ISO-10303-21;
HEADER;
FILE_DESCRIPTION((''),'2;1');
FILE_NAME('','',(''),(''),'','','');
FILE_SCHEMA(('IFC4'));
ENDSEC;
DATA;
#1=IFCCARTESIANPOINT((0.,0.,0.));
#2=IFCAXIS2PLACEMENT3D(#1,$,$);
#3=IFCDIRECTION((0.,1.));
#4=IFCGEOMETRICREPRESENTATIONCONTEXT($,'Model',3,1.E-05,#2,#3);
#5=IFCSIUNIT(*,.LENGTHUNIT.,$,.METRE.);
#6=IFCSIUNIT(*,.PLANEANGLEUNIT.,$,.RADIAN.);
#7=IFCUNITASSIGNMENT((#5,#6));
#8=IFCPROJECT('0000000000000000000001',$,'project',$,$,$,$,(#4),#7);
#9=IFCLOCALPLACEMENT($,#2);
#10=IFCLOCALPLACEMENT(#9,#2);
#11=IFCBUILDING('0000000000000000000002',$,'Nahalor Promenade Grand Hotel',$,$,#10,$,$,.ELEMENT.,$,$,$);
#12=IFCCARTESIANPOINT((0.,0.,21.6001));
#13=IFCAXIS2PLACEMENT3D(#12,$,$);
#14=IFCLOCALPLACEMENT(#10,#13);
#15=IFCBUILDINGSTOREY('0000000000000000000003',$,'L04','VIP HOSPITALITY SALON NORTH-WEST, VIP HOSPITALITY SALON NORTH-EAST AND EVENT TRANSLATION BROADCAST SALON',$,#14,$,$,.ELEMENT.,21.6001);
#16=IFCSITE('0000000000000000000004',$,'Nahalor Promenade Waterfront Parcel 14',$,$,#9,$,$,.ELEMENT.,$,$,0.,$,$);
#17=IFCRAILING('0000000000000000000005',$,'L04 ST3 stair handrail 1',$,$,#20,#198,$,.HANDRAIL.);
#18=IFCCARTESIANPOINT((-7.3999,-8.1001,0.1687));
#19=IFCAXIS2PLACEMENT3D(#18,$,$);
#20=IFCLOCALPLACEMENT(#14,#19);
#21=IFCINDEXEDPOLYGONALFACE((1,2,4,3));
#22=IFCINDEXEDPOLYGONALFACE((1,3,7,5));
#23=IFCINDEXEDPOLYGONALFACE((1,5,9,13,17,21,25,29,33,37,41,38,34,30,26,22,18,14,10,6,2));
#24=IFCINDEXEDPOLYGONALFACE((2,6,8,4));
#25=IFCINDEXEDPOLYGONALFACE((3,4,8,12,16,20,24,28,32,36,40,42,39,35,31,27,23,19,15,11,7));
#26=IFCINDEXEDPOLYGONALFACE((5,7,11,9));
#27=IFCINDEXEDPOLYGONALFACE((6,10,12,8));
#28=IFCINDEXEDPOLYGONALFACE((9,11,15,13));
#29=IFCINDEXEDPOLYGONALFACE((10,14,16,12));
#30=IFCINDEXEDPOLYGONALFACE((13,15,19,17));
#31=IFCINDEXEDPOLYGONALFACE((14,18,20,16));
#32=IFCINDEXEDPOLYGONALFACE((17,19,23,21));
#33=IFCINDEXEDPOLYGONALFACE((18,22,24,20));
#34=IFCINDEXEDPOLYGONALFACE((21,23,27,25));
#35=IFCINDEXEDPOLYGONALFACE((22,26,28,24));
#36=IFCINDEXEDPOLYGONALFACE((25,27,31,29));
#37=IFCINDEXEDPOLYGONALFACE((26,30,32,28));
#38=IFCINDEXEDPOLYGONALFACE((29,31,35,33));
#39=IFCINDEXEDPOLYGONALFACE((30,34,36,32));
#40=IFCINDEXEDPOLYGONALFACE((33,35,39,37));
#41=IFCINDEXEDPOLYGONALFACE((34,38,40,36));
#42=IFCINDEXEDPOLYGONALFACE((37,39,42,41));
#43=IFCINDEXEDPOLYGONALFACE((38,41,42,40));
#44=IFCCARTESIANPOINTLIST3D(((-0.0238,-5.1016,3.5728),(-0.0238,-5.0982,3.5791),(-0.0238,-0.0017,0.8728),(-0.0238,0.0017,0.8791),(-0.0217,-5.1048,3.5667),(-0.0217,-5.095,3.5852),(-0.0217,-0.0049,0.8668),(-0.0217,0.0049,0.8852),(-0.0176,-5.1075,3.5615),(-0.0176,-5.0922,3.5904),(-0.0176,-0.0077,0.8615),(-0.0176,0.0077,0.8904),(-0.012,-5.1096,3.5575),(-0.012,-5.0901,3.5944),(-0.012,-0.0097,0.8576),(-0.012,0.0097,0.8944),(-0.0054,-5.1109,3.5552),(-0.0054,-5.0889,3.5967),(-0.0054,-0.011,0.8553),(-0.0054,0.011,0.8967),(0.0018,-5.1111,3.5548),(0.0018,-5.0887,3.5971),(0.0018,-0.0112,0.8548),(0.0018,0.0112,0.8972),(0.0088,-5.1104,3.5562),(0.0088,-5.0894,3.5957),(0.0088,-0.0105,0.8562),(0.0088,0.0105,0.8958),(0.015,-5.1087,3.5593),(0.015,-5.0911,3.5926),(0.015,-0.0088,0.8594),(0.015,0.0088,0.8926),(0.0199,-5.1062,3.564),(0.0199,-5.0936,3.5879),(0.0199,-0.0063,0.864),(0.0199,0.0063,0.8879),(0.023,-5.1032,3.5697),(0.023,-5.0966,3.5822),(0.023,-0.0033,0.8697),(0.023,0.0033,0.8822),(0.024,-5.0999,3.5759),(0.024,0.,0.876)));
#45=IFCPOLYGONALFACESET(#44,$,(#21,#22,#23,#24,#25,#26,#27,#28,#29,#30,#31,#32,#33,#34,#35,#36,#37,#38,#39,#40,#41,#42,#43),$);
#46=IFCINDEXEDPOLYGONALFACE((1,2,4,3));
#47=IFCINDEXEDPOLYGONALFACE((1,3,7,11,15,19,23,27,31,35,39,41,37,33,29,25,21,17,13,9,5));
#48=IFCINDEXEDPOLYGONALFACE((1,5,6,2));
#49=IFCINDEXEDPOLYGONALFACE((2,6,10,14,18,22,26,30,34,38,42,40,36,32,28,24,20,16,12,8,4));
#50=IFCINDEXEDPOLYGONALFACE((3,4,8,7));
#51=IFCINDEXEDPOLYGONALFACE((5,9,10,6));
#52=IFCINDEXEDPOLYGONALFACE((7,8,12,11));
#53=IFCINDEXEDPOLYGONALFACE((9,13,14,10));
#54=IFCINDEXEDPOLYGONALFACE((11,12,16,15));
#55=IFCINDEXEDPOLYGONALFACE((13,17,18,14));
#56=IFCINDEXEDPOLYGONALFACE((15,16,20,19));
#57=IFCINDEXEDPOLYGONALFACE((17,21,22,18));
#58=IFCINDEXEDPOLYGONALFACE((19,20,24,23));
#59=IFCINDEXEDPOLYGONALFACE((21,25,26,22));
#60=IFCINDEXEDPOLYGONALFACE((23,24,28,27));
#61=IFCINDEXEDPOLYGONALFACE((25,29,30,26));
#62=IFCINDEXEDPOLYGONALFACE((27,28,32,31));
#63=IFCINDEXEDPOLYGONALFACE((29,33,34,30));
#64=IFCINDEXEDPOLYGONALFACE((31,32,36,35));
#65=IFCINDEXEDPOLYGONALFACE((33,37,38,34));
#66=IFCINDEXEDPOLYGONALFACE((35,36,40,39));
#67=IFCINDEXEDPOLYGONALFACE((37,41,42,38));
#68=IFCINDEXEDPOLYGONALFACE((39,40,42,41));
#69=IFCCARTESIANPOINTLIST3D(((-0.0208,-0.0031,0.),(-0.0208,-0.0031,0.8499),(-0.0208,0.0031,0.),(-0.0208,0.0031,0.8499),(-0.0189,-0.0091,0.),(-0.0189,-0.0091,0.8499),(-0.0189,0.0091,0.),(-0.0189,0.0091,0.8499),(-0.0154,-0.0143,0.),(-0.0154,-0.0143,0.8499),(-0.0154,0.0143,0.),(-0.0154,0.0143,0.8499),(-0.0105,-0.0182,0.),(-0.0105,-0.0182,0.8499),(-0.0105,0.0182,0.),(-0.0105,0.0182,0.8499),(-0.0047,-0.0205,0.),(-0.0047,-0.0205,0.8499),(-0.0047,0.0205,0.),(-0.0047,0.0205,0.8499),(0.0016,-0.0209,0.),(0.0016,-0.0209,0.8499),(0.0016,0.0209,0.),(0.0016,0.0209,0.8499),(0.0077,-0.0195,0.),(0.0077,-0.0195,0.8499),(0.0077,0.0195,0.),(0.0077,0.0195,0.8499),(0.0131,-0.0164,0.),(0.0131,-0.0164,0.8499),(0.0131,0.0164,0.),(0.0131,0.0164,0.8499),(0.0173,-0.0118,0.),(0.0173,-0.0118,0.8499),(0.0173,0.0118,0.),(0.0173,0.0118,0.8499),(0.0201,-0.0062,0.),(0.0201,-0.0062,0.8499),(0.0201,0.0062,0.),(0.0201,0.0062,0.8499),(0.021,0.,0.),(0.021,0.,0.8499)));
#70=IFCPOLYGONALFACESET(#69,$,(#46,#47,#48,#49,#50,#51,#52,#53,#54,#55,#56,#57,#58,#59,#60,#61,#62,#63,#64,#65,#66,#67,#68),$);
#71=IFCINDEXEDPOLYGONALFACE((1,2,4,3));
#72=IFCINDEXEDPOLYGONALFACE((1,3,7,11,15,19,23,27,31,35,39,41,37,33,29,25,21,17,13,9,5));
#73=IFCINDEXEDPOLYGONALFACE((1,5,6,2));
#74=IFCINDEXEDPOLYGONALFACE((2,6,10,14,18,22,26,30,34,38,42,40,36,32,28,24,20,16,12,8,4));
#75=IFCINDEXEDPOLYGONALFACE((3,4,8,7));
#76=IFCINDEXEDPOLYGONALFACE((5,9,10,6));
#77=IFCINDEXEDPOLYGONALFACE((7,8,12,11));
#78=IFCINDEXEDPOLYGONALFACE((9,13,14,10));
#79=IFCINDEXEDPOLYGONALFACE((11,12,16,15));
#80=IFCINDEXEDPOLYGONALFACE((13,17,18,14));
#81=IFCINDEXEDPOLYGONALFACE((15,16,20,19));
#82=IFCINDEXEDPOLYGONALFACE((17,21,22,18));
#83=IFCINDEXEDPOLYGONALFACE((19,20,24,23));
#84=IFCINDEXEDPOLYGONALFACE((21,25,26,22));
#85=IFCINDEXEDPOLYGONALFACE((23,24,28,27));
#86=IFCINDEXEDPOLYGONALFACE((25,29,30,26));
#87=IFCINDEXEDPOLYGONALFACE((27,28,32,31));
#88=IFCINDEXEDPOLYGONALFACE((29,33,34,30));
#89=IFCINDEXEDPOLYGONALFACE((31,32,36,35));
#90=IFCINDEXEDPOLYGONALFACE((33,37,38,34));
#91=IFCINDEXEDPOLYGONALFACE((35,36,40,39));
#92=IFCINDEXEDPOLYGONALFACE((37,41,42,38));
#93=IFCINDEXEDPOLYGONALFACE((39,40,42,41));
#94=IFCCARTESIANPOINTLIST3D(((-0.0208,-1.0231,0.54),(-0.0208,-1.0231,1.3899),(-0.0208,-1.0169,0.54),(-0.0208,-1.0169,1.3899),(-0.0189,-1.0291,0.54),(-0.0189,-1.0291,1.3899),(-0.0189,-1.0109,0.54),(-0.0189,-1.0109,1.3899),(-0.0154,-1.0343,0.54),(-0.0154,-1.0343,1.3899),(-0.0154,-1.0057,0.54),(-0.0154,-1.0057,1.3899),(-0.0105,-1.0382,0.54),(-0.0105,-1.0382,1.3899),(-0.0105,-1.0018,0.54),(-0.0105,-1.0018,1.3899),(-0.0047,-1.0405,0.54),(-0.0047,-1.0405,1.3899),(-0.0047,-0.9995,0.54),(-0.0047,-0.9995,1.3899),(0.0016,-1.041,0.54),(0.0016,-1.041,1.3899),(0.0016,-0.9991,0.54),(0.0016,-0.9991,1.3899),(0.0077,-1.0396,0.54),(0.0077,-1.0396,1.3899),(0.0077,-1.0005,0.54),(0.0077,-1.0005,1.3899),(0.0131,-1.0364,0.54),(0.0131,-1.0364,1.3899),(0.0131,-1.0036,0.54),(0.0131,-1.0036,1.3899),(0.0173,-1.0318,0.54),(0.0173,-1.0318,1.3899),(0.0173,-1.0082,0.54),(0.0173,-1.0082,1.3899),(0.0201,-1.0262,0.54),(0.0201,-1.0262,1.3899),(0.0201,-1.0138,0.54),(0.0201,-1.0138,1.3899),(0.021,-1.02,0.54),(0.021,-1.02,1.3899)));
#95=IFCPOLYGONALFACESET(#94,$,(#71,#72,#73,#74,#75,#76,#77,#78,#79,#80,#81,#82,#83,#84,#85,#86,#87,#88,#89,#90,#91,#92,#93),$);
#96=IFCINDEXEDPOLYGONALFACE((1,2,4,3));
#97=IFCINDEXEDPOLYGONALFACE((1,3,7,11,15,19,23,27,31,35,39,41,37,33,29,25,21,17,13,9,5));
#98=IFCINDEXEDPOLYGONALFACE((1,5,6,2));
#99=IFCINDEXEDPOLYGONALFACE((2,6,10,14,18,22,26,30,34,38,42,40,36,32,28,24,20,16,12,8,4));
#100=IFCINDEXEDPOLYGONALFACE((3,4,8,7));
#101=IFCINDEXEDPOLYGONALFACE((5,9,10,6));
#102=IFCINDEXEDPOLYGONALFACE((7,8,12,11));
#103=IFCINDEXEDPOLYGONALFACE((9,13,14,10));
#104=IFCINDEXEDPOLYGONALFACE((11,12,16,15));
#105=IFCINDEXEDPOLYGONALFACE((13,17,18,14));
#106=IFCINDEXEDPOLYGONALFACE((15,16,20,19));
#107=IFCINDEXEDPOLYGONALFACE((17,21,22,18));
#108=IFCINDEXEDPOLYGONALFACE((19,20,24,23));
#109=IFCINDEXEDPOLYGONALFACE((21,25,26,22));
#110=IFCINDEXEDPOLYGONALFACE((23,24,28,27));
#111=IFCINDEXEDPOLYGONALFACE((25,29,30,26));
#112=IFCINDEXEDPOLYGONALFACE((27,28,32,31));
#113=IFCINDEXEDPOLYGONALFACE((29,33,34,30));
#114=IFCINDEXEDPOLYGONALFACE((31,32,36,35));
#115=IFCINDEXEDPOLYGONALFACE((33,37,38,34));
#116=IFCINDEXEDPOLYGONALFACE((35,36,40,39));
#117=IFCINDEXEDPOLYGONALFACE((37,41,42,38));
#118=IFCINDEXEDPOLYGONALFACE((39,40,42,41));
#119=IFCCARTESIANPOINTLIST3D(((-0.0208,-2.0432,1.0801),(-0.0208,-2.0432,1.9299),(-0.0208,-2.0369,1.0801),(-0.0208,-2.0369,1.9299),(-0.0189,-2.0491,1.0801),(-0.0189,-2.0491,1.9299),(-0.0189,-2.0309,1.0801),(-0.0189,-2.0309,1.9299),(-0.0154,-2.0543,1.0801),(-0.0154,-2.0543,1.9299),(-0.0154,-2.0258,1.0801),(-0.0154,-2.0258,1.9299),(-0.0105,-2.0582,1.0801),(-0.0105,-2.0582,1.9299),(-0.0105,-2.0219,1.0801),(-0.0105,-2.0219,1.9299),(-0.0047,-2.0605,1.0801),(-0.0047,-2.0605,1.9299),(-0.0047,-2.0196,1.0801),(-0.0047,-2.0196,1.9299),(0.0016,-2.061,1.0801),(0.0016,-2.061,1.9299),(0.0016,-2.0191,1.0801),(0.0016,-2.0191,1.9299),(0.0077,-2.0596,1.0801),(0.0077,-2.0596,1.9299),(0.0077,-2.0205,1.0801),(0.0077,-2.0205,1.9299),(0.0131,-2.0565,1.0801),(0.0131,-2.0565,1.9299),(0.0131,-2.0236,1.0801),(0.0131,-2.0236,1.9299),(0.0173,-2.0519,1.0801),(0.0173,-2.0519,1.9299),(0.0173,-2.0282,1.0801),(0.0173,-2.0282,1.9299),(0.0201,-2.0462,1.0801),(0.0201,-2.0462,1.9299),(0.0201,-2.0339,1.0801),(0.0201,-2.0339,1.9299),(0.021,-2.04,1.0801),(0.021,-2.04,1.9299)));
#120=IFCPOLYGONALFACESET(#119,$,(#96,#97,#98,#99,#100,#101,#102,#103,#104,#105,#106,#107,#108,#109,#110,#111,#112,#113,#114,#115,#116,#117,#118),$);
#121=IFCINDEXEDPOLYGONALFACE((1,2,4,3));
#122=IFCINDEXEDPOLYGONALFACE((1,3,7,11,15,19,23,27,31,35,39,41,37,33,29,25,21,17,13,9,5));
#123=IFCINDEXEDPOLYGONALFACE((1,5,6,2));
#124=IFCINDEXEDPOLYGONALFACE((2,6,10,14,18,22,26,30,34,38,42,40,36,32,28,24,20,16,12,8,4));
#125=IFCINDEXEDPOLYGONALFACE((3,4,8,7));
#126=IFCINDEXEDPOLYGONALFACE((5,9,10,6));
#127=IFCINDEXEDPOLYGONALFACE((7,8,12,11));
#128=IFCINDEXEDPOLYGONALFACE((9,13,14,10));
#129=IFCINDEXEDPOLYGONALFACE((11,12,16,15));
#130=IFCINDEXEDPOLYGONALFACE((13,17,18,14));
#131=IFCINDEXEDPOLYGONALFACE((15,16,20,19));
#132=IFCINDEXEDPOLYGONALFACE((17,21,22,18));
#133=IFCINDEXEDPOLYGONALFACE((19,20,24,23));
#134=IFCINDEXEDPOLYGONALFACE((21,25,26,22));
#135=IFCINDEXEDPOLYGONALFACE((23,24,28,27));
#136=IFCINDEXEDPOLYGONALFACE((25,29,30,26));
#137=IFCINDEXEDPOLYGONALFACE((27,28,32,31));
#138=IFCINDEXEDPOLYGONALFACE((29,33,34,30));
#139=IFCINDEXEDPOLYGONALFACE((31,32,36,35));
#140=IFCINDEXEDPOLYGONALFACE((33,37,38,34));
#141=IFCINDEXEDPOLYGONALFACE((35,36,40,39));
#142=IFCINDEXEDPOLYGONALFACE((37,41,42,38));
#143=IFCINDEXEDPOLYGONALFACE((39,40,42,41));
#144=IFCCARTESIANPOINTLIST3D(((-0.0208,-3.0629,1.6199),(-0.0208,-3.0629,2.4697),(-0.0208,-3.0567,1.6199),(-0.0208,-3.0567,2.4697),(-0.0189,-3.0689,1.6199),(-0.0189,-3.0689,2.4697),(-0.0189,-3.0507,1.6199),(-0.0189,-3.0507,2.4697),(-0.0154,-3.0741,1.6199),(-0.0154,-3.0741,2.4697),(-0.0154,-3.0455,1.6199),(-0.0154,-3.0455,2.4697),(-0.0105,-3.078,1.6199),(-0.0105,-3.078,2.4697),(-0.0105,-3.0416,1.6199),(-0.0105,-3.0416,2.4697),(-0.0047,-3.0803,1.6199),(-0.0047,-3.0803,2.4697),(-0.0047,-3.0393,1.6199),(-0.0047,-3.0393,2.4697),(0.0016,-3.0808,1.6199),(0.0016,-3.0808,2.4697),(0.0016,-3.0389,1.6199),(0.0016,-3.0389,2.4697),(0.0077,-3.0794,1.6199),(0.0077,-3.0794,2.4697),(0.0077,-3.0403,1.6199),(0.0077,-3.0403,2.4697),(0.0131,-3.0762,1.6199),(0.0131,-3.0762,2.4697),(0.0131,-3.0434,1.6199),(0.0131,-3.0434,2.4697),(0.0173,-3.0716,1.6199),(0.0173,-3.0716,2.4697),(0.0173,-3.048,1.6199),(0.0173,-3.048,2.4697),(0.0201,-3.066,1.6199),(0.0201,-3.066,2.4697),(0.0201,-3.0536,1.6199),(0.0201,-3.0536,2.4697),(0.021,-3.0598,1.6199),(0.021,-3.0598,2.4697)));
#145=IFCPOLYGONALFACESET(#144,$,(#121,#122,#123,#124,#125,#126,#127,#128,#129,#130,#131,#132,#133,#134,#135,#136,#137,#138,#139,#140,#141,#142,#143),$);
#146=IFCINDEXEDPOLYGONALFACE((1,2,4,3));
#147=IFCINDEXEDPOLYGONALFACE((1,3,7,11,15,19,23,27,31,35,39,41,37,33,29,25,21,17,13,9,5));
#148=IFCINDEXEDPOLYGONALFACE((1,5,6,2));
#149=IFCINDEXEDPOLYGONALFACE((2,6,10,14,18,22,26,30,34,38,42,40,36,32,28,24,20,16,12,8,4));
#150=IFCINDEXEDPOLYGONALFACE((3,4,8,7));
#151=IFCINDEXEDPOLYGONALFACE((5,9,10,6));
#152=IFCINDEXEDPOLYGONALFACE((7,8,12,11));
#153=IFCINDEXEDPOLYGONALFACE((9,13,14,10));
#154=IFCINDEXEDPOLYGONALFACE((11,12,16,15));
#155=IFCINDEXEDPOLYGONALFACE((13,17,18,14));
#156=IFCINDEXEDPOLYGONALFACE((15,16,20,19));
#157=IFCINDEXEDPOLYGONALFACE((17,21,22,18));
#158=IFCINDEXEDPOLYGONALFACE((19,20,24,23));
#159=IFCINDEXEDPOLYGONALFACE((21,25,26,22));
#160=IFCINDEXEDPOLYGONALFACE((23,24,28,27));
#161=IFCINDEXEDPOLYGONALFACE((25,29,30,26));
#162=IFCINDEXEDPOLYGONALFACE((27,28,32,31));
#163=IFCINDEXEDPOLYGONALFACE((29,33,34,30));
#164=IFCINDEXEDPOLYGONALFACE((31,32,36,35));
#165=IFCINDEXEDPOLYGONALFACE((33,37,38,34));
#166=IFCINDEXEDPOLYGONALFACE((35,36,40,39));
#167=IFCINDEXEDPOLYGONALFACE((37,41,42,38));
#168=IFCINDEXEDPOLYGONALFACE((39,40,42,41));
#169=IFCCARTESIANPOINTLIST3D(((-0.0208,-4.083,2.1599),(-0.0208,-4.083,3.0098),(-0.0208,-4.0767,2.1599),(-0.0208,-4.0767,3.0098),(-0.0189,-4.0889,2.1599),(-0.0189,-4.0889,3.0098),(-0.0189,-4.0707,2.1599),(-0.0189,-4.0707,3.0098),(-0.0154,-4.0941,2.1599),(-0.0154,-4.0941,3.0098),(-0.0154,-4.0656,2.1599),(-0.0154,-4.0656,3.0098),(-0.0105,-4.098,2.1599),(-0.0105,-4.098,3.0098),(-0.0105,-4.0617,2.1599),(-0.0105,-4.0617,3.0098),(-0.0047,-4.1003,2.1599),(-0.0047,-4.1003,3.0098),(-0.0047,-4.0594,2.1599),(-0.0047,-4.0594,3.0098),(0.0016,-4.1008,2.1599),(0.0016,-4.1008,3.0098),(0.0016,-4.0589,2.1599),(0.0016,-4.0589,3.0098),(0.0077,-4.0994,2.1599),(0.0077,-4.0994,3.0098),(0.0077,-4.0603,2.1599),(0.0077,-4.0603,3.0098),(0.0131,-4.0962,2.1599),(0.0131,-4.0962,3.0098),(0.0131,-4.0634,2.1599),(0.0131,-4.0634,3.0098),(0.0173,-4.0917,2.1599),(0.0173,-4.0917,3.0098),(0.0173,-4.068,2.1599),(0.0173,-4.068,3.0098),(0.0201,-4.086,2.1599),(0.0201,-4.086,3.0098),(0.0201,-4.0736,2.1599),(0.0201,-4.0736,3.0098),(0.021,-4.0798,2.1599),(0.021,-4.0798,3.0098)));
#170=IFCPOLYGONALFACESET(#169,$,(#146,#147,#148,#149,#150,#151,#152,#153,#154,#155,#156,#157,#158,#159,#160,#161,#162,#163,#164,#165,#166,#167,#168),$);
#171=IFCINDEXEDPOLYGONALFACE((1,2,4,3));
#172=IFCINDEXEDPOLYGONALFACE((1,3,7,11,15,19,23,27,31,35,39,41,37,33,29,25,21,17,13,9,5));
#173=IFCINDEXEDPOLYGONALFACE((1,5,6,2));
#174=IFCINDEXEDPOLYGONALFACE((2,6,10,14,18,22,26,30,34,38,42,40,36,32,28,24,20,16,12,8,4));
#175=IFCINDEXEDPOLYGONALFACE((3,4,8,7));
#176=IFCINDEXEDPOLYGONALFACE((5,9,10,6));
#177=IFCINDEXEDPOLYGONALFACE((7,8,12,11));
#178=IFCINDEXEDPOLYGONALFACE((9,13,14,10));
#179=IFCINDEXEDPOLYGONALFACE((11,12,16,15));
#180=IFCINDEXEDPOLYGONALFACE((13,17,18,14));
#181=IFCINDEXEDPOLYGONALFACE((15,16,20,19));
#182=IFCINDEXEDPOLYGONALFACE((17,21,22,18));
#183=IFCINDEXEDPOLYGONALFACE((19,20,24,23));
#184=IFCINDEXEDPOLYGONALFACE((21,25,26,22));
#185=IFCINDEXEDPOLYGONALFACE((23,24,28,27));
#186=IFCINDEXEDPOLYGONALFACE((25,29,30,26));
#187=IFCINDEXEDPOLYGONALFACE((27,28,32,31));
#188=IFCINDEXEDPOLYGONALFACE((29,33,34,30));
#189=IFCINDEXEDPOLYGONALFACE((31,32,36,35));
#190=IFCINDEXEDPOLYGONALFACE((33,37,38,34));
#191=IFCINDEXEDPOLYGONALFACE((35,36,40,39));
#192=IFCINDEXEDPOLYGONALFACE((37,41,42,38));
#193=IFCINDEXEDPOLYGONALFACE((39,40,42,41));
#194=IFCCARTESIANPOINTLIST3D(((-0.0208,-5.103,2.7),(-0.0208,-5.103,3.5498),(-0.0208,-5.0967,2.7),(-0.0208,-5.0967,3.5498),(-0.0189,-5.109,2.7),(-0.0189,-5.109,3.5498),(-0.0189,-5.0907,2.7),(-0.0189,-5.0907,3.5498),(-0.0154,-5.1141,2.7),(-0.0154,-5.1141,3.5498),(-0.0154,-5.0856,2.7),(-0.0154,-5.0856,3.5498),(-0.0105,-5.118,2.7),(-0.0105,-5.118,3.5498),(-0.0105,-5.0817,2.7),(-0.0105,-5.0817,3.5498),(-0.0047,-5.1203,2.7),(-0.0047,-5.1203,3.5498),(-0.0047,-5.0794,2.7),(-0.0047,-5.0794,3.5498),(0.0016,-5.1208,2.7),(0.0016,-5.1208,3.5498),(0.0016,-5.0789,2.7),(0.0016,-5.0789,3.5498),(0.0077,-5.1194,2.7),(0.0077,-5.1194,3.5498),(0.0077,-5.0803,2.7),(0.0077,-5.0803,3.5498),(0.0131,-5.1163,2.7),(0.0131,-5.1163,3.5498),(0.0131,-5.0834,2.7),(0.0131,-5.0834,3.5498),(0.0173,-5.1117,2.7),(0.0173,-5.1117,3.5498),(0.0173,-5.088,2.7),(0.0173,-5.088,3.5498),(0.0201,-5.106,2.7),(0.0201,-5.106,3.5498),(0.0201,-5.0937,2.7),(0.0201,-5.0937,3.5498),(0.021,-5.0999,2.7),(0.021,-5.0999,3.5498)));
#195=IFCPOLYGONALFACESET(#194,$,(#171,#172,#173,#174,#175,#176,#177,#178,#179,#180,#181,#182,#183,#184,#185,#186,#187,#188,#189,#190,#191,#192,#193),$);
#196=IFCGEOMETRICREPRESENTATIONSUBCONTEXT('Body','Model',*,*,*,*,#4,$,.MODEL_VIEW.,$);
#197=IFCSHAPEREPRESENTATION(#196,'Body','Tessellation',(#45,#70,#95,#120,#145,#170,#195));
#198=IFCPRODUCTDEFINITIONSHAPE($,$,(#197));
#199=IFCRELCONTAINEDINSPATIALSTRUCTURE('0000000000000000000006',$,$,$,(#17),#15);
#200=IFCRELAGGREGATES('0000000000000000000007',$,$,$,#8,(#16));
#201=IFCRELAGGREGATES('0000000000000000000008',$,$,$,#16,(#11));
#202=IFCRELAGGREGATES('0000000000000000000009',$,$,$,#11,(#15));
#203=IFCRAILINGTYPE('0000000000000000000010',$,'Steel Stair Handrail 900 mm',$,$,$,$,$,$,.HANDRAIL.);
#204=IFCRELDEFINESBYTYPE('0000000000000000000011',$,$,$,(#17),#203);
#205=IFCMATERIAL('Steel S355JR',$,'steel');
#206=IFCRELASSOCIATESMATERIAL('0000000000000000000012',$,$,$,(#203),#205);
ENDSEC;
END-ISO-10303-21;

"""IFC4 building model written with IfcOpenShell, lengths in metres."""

from ifc_helpers import new_model, si_unit, direction, frame, origin, origin_2d, place, context, subcontext, project, spatial, circle, extrude, material, type_object, element, save


model = new_model("IFC4")

# Units and contexts
model_context = context("Model", 3, precision=1e-05, world=origin(), true_north=direction((0.0, 1.0)))
body_context = subcontext(model_context, "Body", "Model", "MODEL_VIEW")
ifc_project = project(units=[si_unit("LENGTHUNIT", "METRE"), si_unit("PLANEANGLEUNIT", "RADIAN")], contexts=[model_context])

# Site, building, storey
site_placement = place(None, origin())
site = spatial("IfcSite", under=ifc_project, at=site_placement, Name="Nahalor Promenade Waterfront Parcel 14", CompositionType="ELEMENT", RefElevation=0.0)
building_placement = place(site_placement, origin())
building = spatial("IfcBuilding", under=site, at=building_placement, Name="Nahalor Promenade Grand Hotel", CompositionType="ELEMENT")
storey_placement = place(building_placement, frame((0.0, 0.0, 21.6001)))
storey = spatial("IfcBuildingStorey", under=building, at=storey_placement, Name="L04", Description="VIP HOSPITALITY SALON NORTH-WEST, VIP HOSPITALITY SALON NORTH-EAST AND EVENT TRANSLATION BROADCAST SALON", CompositionType="ELEMENT", Elevation=21.6001)

# Shared definitions
ifc_material_1 = material(Name="Steel S355JR", Category="steel")

# Railing
railing_type_1 = type_object("IfcRailingType", Name="Steel Stair Handrail 900 mm", PredefinedType="HANDRAIL", material=ifc_material_1)
railing_1_placement = place(storey_placement, frame((-7.3999, -8.1001, 0.1687)))
element("IfcRailing", 1, at=railing_1_placement, inside=storey, type_object=railing_type_1, Name="L04 ST3 stair handrail 1", PredefinedType="HANDRAIL", context=body_context, shape_type="SweptSolid", body=[
    extrude(circle(Radius=0.024, at=origin_2d()), frame((0.0, 0.0, 0.876), z_axis=(0.0, -0.883786, 0.467892), x_axis=(1.0, 0.0, 0.0)), (0.0, 0.0, 1.0), 5.7705),
    extrude(circle(Radius=0.021, at=origin_2d()), origin(), (0.0, 0.0, 1.0), 0.8499),
    extrude(circle(Radius=0.021, at=origin_2d()), frame((0.0, -1.02, 0.54)), (0.0, 0.0, 1.0), 0.8499),
    extrude(circle(Radius=0.021, at=origin_2d()), frame((0.0, -2.04, 1.0801)), (0.0, 0.0, 1.0), 0.8499),
    extrude(circle(Radius=0.021, at=origin_2d()), frame((0.0, -3.0598, 1.6199)), (0.0, 0.0, 1.0), 0.8499),
    extrude(circle(Radius=0.021, at=origin_2d()), frame((0.0, -4.0798, 2.1599)), (0.0, 0.0, 1.0), 0.8499),
    extrude(circle(Radius=0.021, at=origin_2d()), frame((0.0, -5.0999, 2.7)), (0.0, 0.0, 1.0), 0.8499),
])

save(model, "model.ifc")
